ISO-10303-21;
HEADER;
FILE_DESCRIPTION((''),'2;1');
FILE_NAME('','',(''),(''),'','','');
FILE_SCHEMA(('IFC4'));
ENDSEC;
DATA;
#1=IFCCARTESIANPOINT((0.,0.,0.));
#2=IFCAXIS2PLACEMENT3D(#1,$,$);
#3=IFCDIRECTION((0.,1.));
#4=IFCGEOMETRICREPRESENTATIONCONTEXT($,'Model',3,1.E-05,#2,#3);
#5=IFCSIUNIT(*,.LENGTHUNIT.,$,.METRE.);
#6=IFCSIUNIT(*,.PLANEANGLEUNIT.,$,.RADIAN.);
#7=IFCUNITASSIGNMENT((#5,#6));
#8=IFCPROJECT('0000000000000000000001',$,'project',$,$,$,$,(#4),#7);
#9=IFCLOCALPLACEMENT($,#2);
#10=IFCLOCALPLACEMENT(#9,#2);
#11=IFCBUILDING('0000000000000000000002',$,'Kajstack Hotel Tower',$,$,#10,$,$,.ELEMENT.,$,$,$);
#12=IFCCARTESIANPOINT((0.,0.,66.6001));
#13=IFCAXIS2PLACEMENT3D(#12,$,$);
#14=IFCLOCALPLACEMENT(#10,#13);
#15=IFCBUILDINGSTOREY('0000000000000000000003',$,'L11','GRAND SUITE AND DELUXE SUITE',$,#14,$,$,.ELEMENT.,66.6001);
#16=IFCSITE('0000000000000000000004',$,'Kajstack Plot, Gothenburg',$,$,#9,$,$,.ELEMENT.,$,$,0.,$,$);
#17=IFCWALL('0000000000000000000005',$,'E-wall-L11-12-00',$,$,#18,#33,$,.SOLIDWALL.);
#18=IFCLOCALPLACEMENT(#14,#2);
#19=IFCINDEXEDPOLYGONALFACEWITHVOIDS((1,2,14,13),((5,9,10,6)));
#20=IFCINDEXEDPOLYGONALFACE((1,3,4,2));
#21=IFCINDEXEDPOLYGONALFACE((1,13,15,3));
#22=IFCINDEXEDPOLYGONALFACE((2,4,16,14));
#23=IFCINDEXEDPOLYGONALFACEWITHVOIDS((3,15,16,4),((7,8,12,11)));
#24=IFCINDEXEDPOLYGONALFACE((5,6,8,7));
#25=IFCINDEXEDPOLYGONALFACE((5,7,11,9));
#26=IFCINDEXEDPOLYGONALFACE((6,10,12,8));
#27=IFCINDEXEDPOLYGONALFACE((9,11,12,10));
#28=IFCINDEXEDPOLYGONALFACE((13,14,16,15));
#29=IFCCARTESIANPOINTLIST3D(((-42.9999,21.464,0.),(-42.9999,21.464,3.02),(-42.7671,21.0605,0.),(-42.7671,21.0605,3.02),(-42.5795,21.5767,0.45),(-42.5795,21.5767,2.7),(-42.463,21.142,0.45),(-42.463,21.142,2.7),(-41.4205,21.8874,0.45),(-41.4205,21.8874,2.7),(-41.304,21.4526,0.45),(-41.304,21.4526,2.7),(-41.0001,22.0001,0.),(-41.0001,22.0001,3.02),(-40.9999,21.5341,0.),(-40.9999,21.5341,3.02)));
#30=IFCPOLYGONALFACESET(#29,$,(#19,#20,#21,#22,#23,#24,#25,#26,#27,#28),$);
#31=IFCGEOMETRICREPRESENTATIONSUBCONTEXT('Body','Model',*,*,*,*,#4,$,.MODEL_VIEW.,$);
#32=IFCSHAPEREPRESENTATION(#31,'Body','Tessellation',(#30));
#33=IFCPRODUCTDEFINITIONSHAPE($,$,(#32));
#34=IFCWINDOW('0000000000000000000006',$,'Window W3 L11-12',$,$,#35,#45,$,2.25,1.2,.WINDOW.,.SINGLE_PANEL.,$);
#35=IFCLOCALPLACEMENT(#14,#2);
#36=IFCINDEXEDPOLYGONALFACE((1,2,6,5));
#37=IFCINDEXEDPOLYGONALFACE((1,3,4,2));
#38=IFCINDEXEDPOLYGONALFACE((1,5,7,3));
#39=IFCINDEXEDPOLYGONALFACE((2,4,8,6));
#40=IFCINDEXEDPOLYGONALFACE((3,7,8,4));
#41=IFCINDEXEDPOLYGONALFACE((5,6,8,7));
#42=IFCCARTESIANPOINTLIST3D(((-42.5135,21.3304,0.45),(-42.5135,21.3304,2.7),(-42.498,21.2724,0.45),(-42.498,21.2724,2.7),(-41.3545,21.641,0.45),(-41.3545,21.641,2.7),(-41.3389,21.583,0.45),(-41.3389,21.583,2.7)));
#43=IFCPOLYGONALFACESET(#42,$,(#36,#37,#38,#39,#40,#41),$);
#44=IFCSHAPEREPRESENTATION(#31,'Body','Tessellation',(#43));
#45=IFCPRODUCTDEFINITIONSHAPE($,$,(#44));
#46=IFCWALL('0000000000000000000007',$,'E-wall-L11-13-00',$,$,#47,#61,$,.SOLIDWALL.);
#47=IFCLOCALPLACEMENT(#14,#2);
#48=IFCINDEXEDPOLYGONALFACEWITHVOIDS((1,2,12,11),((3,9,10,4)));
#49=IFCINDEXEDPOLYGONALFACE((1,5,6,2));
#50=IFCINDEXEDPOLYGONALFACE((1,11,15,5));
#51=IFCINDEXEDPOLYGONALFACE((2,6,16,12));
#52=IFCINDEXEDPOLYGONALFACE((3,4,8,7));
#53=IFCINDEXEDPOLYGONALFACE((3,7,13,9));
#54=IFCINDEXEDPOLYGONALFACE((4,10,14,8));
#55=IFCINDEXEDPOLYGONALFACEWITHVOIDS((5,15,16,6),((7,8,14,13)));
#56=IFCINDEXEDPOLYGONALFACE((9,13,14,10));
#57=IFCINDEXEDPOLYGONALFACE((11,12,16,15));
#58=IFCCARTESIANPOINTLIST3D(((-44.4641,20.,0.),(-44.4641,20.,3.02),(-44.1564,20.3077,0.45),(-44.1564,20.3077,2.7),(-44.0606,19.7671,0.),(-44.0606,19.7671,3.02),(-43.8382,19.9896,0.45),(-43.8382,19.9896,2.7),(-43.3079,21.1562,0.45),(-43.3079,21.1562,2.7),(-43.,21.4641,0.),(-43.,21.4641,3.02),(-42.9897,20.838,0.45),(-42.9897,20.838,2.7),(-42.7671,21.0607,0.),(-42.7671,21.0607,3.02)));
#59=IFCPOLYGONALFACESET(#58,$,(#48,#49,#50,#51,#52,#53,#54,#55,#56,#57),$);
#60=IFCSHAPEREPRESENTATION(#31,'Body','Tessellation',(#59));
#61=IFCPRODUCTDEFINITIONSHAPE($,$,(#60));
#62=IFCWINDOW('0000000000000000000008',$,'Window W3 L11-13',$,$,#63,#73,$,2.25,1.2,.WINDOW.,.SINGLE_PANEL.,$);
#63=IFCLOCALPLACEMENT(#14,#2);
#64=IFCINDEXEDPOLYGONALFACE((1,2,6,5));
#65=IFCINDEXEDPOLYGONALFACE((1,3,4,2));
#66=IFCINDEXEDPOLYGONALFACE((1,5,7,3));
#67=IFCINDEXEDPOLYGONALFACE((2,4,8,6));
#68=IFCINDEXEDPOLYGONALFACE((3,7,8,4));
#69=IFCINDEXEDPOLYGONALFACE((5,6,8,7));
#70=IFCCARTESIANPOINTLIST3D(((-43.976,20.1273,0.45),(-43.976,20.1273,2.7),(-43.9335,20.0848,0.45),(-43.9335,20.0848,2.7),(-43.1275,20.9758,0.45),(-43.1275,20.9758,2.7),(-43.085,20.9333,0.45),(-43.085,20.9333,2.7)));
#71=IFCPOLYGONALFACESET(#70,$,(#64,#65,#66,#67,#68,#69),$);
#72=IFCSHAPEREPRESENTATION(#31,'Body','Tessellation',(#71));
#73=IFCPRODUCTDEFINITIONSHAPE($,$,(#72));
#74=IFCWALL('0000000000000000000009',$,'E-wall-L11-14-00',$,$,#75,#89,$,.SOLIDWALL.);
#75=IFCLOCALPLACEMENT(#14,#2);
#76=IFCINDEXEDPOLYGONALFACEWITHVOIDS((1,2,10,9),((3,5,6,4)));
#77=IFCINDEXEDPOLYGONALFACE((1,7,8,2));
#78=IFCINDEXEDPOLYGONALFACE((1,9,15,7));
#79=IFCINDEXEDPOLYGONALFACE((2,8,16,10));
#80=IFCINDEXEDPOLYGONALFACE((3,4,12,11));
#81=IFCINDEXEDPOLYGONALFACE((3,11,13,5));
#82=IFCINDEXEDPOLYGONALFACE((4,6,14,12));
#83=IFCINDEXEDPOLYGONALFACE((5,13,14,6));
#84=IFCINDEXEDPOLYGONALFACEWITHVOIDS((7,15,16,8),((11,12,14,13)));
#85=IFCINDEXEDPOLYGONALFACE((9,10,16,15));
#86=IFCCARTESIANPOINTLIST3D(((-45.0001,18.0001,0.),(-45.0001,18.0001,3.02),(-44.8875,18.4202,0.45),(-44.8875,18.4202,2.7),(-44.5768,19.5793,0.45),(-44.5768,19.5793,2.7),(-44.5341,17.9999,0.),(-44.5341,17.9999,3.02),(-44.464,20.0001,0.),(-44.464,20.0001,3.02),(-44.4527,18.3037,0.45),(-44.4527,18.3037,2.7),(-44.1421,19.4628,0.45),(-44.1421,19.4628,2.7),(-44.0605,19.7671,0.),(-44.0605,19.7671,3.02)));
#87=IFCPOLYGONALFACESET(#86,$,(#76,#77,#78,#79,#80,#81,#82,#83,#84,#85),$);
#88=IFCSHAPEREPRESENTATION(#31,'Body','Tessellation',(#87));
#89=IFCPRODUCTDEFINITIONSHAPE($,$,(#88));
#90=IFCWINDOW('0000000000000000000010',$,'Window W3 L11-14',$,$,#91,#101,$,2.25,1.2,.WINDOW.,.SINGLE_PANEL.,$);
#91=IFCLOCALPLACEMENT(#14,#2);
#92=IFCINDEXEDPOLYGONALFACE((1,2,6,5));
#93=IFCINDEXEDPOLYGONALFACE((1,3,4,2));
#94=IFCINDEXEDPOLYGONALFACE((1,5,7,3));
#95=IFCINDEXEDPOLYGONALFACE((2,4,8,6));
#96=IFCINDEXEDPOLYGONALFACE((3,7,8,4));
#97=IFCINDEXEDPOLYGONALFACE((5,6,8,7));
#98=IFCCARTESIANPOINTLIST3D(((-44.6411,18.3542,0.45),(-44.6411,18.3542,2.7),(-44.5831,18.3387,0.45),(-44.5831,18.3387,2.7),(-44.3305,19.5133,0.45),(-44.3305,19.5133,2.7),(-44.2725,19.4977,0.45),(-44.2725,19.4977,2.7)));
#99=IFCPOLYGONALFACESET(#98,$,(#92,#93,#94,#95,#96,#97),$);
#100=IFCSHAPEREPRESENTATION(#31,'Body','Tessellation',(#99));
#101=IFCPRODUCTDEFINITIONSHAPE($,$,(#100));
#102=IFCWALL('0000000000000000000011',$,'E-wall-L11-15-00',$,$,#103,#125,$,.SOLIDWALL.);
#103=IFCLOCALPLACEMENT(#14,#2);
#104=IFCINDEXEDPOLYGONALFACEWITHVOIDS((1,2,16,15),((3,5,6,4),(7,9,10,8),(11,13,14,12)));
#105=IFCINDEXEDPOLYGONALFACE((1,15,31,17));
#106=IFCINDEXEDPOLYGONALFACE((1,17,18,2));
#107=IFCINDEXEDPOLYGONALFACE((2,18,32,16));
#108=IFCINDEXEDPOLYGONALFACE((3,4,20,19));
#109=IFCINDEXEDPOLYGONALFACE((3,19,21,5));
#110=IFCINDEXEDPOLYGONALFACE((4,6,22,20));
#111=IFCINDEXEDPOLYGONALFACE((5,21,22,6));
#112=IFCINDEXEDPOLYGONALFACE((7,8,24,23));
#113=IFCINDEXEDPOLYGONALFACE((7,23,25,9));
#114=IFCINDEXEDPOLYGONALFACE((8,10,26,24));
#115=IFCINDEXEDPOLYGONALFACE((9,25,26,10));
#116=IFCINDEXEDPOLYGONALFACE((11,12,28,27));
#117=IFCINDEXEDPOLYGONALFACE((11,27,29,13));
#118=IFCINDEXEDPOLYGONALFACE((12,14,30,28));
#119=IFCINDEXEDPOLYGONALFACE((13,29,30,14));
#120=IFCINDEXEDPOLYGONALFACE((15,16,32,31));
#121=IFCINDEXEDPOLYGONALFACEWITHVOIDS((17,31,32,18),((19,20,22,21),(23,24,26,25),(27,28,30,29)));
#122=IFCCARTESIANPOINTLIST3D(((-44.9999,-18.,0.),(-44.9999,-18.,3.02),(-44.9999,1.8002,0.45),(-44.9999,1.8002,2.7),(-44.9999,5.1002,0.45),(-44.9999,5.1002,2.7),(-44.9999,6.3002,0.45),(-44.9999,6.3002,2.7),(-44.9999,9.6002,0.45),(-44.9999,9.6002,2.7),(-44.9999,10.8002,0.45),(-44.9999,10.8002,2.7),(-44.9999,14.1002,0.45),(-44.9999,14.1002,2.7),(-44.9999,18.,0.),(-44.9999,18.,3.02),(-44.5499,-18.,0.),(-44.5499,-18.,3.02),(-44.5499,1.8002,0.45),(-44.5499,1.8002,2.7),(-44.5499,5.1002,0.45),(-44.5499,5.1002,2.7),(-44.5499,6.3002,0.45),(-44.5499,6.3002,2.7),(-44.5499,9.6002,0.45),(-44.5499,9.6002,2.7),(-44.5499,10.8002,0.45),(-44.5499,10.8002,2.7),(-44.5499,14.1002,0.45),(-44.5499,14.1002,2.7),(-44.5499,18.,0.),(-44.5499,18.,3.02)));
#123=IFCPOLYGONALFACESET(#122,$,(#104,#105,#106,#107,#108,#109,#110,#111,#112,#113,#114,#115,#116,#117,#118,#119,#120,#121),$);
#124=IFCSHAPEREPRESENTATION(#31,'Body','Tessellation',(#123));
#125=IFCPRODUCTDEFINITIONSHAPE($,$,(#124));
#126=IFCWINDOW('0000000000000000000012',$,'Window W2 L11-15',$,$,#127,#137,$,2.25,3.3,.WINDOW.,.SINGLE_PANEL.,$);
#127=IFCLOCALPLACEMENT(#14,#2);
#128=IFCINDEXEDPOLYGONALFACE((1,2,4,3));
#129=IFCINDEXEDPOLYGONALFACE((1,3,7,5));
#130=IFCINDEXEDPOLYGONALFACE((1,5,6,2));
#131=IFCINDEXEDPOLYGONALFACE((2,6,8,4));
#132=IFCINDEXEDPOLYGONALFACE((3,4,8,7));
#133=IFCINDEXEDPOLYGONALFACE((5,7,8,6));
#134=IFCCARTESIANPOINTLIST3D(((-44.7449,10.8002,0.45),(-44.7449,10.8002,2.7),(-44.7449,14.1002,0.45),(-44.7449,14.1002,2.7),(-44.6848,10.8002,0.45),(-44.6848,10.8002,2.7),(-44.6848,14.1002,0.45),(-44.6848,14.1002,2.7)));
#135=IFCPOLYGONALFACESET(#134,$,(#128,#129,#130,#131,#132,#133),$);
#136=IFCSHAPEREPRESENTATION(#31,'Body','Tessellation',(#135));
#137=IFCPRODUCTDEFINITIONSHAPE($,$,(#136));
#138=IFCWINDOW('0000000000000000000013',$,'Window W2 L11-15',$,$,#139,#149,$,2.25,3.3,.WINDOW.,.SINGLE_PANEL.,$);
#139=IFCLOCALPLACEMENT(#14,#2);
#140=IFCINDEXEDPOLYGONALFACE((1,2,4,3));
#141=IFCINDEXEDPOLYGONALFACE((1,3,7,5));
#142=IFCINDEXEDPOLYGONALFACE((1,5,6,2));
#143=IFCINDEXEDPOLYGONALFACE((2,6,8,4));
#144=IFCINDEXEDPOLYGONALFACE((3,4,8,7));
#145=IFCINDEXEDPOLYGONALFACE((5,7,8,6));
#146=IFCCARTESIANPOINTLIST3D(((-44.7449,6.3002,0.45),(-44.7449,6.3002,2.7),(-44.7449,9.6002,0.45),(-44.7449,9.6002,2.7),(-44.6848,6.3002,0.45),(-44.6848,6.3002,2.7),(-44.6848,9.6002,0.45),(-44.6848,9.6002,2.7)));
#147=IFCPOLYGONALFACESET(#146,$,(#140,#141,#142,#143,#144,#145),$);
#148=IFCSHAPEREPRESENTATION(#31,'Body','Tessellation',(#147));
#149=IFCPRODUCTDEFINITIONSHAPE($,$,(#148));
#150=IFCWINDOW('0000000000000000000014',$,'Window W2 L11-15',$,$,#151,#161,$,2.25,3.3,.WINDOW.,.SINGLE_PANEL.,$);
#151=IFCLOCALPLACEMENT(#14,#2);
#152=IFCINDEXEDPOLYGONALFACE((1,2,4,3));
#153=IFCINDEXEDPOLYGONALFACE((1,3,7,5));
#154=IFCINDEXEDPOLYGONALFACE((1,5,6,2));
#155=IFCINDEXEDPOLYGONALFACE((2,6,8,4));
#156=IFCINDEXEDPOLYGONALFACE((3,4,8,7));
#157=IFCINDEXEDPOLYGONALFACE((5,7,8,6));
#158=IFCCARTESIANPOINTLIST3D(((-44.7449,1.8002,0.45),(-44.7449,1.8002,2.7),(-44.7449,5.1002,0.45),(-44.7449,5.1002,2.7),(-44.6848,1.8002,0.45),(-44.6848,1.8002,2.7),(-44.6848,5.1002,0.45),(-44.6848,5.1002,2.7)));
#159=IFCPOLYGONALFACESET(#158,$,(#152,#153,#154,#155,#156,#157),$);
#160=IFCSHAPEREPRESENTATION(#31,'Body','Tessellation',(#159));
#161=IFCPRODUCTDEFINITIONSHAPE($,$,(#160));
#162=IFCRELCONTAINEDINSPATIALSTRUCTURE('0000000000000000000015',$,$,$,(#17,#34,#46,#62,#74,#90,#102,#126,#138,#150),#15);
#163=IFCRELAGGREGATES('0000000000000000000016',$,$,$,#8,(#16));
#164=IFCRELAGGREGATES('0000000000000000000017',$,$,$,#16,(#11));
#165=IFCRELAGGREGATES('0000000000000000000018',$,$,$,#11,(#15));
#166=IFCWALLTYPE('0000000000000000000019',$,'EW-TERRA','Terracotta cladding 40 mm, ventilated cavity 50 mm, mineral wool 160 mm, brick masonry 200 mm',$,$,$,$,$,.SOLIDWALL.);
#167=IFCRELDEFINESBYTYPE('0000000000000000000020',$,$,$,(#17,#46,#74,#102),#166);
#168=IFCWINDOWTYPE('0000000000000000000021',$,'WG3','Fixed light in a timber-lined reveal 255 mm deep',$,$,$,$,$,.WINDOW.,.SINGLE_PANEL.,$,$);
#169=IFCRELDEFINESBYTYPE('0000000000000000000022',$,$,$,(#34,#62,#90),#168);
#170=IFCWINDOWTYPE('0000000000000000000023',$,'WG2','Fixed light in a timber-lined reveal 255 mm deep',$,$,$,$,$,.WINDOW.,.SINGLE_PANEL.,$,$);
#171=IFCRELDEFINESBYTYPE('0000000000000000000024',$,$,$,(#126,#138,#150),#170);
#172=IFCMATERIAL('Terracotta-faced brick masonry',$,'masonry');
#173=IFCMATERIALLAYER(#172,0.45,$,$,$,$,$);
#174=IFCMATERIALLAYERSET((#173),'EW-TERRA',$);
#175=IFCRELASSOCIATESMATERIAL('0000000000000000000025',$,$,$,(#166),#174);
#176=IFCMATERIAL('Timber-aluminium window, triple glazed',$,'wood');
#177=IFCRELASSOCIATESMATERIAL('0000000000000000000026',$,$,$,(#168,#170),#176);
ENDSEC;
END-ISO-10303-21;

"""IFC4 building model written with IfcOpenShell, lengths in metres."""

from ifc_helpers import new_model, si_unit, direction, frame, frame_2d, origin, place, context, subcontext, project, spatial, polyline, rectangle, outline, extrude, material, layer, layer_set, type_object, element, fill, save


model = new_model("IFC4")

# Units and contexts
model_context = context("Model", 3, precision=1e-05, world=origin(), true_north=direction((0.0, 1.0)))
body_context = subcontext(model_context, "Body", "Model", "MODEL_VIEW")
ifc_project = project(units=[si_unit("LENGTHUNIT", "METRE"), si_unit("PLANEANGLEUNIT", "RADIAN")], contexts=[model_context])

# Site, building, storey
site_placement = place(None, origin())
site = spatial("IfcSite", under=ifc_project, at=site_placement, Name="Kajstack Plot, Gothenburg", CompositionType="ELEMENT", RefElevation=0.0)
building_placement = place(site_placement, origin())
building = spatial("IfcBuilding", under=site, at=building_placement, Name="Kajstack Hotel Tower", CompositionType="ELEMENT")
storey_placement = place(building_placement, frame((0.0, 0.0, 66.6001)))
storey = spatial("IfcBuildingStorey", under=building, at=storey_placement, Name="L11", Description="GRAND SUITE AND DELUXE SUITE", CompositionType="ELEMENT", Elevation=66.6001)

# Walls, openings, windows
ifc_material_1 = material(Name="Terracotta-faced brick masonry", Category="masonry")
ifc_layer_1 = layer(ifc_material_1, 0.45)
ifc_layer_set_1 = layer_set([ifc_layer_1], Name="EW-TERRA")
wall_type_1 = type_object("IfcWallType", Name="EW-TERRA", Description="Terracotta cladding 40 mm, ventilated cavity 50 mm, mineral wool 160 mm, brick masonry 200 mm", PredefinedType="SOLIDWALL", material=ifc_layer_set_1)
wall_1_placement = place(storey_placement, frame((-40.9417, 21.7827, 0.0), z_axis=(0.0, 0.0, 1.0), x_axis=(-0.965927, -0.258815, 0.0)))
wall_1 = element("IfcWall", 1, at=wall_1_placement, inside=storey, type_object=wall_type_1, Name="E-wall-L11-12-00", PredefinedType="SOLIDWALL", context=body_context, shape_type="SweptSolid", body=[
    extrude(outline(polyline([(0.0002, -0.2251), (2.0706, -0.2249), (1.9502, 0.2251), (0.1206, 0.2251), (0.0002, -0.2251)])), origin(), (0.0, 0.0, 1.0), 3.02),
])
opening_1_placement = place(wall_1_placement, frame((0.4353, 0.0, 0.45)))
opening_1 = element("IfcOpeningElement", 2, at=opening_1_placement, cuts=wall_1, PredefinedType="OPENING", context=body_context, shape_type="SweptSolid", body=[
    extrude(rectangle(XDim=1.2, YDim=2.25, at=frame_2d((0.6001, 1.125))), frame((0.0, 0.2349, 0.0), z_axis=(0.0, -1.0, 0.0), x_axis=(1.0, 0.0, 0.0)), (0.0, 0.0, 1.0), 0.47),
])
ifc_material_2 = material(Name="Timber-aluminium window, triple glazed", Category="wood")
window_type_1 = type_object("IfcWindowType", Name="WG3", Description="Fixed light in a timber-lined reveal 255 mm deep", PartitioningType="SINGLE_PANEL", PredefinedType="WINDOW", material=ifc_material_2)
window_1_placement = place(opening_1_placement, origin())
window_1 = element("IfcWindow", 3, at=window_1_placement, inside=storey, type_object=window_type_1, Name="Window W3 L11-12", OverallHeight=2.25, OverallWidth=1.2, PartitioningType="SINGLE_PANEL", PredefinedType="WINDOW", context=body_context, shape_type="SweptSolid", body=[
    extrude(rectangle(XDim=1.2, YDim=2.25, at=frame_2d((0.6001, 1.125))), frame((0.0, 0.0901, 0.0), z_axis=(0.0, -1.0, 0.0), x_axis=(1.0, 0.0, 0.0)), (0.0, 0.0, 1.0), 0.0601),
])
fill(opening_1, window_1)
wall_2_placement = place(storey_placement, frame((-42.8408, 21.3049, 0.0), z_axis=(0.0, 0.0, 1.0), x_axis=(-0.707107, -0.707107, 0.0)))
wall_2 = element("IfcWall", 4, at=wall_2_placement, inside=storey, type_object=wall_type_1, Name="E-wall-L11-13-00", PredefinedType="SOLIDWALL", context=body_context, shape_type="SweptSolid", body=[
    extrude(outline(polyline([(0.0, -0.2251), (2.0706, -0.2251), (1.95, 0.2249), (0.1206, 0.2249), (0.0, -0.2251)])), origin(), (0.0, 0.0, 1.0), 3.02),
])
opening_2_placement = place(wall_2_placement, frame((0.4353, 0.0, 0.45)))
opening_2 = element("IfcOpeningElement", 5, at=opening_2_placement, cuts=wall_2, PredefinedType="OPENING", context=body_context, shape_type="SweptSolid", body=[
    extrude(rectangle(XDim=1.2, YDim=2.25, at=frame_2d((0.6001, 1.125))), frame((0.0, 0.2349, 0.0), z_axis=(0.0, -1.0, 0.0), x_axis=(1.0, 0.0, 0.0)), (0.0, 0.0, 1.0), 0.47),
])
window_2_placement = place(opening_2_placement, origin())
window_2 = element("IfcWindow", 6, at=window_2_placement, inside=storey, type_object=window_type_1, Name="Window W3 L11-13", OverallHeight=2.25, OverallWidth=1.2, PartitioningType="SINGLE_PANEL", PredefinedType="WINDOW", context=body_context, shape_type="SweptSolid", body=[
    extrude(rectangle(XDim=1.2, YDim=2.25, at=frame_2d((0.6001, 1.125))), frame((0.0, 0.0901, 0.0), z_axis=(0.0, -1.0, 0.0), x_axis=(1.0, 0.0, 0.0)), (0.0, 0.0, 1.0), 0.0601),
])
fill(opening_2, window_2)
wall_3_placement = place(storey_placement, frame((-44.2468, 19.9417, 0.0), z_axis=(0.0, 0.0, 1.0), x_axis=(-0.258815, -0.965927, 0.0)))
wall_3 = element("IfcWall", 7, at=wall_3_placement, inside=storey, type_object=wall_type_1, Name="E-wall-L11-14-00", PredefinedType="SOLIDWALL", context=body_context, shape_type="SweptSolid", body=[
    extrude(outline(polyline([(-0.0002, -0.2249), (2.0703, -0.2251), (1.95, 0.2251), (0.1204, 0.2251), (-0.0002, -0.2249)])), origin(), (0.0, 0.0, 1.0), 3.02),
])
opening_3_placement = place(wall_3_placement, frame((0.4353, 0.0, 0.45)))
opening_3 = element("IfcOpeningElement", 8, at=opening_3_placement, cuts=wall_3, PredefinedType="OPENING", context=body_context, shape_type="SweptSolid", body=[
    extrude(rectangle(XDim=1.2, YDim=2.25, at=frame_2d((0.6001, 1.125))), frame((0.0, 0.2349, 0.0), z_axis=(0.0, -1.0, 0.0), x_axis=(1.0, 0.0, 0.0)), (0.0, 0.0, 1.0), 0.47),
])
window_3_placement = place(opening_3_placement, origin())
window_3 = element("IfcWindow", 9, at=window_3_placement, inside=storey, type_object=window_type_1, Name="Window W3 L11-14", OverallHeight=2.25, OverallWidth=1.2, PartitioningType="SINGLE_PANEL", PredefinedType="WINDOW", context=body_context, shape_type="SweptSolid", body=[
    extrude(rectangle(XDim=1.2, YDim=2.25, at=frame_2d((0.6001, 1.125))), frame((0.0, 0.0901, 0.0), z_axis=(0.0, -1.0, 0.0), x_axis=(1.0, 0.0, 0.0)), (0.0, 0.0, 1.0), 0.0601),
])
fill(opening_3, window_3)

# Wall, openings, windows
wall_4_placement = place(storey_placement, frame((-44.7749, 18.0, 0.0), z_axis=(0.0, 0.0, 1.0), x_axis=(0.0, -1.0, 0.0)))
wall_4 = element("IfcWall", 10, at=wall_4_placement, inside=storey, type_object=wall_type_1, Name="E-wall-L11-15-00", PredefinedType="SOLIDWALL", context=body_context, shape_type="SweptSolid", body=[
    extrude(rectangle(XDim=36.0, YDim=0.45, at=frame_2d((18.0, 0.0))), origin(), (0.0, 0.0, 1.0), 3.02),
])
opening_4_placement = place(wall_4_placement, frame((3.8999, 0.0, 0.45)))
opening_4 = element("IfcOpeningElement", 11, at=opening_4_placement, cuts=wall_4, PredefinedType="OPENING", context=body_context, shape_type="SweptSolid", body=[
    extrude(rectangle(XDim=3.3, YDim=2.25, at=frame_2d((1.6499, 1.125))), frame((0.0, 0.2349, 0.0), z_axis=(0.0, -1.0, 0.0), x_axis=(1.0, 0.0, 0.0)), (0.0, 0.0, 1.0), 0.47),
])
opening_5_placement = place(wall_4_placement, frame((8.3999, 0.0, 0.45)))
opening_5 = element("IfcOpeningElement", 12, at=opening_5_placement, cuts=wall_4, PredefinedType="OPENING", context=body_context, shape_type="SweptSolid", body=[
    extrude(rectangle(XDim=3.3, YDim=2.25, at=frame_2d((1.6499, 1.125))), frame((0.0, 0.2349, 0.0), z_axis=(0.0, -1.0, 0.0), x_axis=(1.0, 0.0, 0.0)), (0.0, 0.0, 1.0), 0.47),
])
opening_6_placement = place(wall_4_placement, frame((12.8999, 0.0, 0.45)))
opening_6 = element("IfcOpeningElement", 13, at=opening_6_placement, cuts=wall_4, PredefinedType="OPENING", context=body_context, shape_type="SweptSolid", body=[
    extrude(rectangle(XDim=3.3, YDim=2.25, at=frame_2d((1.6499, 1.125))), frame((0.0, 0.2349, 0.0), z_axis=(0.0, -1.0, 0.0), x_axis=(1.0, 0.0, 0.0)), (0.0, 0.0, 1.0), 0.47),
])
window_type_2 = type_object("IfcWindowType", Name="WG2", Description="Fixed light in a timber-lined reveal 255 mm deep", PartitioningType="SINGLE_PANEL", PredefinedType="WINDOW", material=ifc_material_2)
window_4_placement = place(opening_4_placement, origin())
window_4 = element("IfcWindow", 14, at=window_4_placement, inside=storey, type_object=window_type_2, Name="Window W2 L11-15", OverallHeight=2.25, OverallWidth=3.3, PartitioningType="SINGLE_PANEL", PredefinedType="WINDOW", context=body_context, shape_type="SweptSolid", body=[
    extrude(rectangle(XDim=3.3, YDim=2.25, at=frame_2d((1.6499, 1.125))), frame((0.0, 0.0901, 0.0), z_axis=(0.0, -1.0, 0.0), x_axis=(1.0, 0.0, 0.0)), (0.0, 0.0, 1.0), 0.0601),
])
fill(opening_4, window_4)
window_5_placement = place(opening_5_placement, origin())
window_5 = element("IfcWindow", 15, at=window_5_placement, inside=storey, type_object=window_type_2, Name="Window W2 L11-15", OverallHeight=2.25, OverallWidth=3.3, PartitioningType="SINGLE_PANEL", PredefinedType="WINDOW", context=body_context, shape_type="SweptSolid", body=[
    extrude(rectangle(XDim=3.3, YDim=2.25, at=frame_2d((1.6499, 1.125))), frame((0.0, 0.0901, 0.0), z_axis=(0.0, -1.0, 0.0), x_axis=(1.0, 0.0, 0.0)), (0.0, 0.0, 1.0), 0.0601),
])
fill(opening_5, window_5)
window_6_placement = place(opening_6_placement, origin())
window_6 = element("IfcWindow", 16, at=window_6_placement, inside=storey, type_object=window_type_2, Name="Window W2 L11-15", OverallHeight=2.25, OverallWidth=3.3, PartitioningType="SINGLE_PANEL", PredefinedType="WINDOW", context=body_context, shape_type="SweptSolid", body=[
    extrude(rectangle(XDim=3.3, YDim=2.25, at=frame_2d((1.6499, 1.125))), frame((0.0, 0.0901, 0.0), z_axis=(0.0, -1.0, 0.0), x_axis=(1.0, 0.0, 0.0)), (0.0, 0.0, 1.0), 0.0601),
])
fill(opening_6, window_6)

save(model, "model.ifc")
